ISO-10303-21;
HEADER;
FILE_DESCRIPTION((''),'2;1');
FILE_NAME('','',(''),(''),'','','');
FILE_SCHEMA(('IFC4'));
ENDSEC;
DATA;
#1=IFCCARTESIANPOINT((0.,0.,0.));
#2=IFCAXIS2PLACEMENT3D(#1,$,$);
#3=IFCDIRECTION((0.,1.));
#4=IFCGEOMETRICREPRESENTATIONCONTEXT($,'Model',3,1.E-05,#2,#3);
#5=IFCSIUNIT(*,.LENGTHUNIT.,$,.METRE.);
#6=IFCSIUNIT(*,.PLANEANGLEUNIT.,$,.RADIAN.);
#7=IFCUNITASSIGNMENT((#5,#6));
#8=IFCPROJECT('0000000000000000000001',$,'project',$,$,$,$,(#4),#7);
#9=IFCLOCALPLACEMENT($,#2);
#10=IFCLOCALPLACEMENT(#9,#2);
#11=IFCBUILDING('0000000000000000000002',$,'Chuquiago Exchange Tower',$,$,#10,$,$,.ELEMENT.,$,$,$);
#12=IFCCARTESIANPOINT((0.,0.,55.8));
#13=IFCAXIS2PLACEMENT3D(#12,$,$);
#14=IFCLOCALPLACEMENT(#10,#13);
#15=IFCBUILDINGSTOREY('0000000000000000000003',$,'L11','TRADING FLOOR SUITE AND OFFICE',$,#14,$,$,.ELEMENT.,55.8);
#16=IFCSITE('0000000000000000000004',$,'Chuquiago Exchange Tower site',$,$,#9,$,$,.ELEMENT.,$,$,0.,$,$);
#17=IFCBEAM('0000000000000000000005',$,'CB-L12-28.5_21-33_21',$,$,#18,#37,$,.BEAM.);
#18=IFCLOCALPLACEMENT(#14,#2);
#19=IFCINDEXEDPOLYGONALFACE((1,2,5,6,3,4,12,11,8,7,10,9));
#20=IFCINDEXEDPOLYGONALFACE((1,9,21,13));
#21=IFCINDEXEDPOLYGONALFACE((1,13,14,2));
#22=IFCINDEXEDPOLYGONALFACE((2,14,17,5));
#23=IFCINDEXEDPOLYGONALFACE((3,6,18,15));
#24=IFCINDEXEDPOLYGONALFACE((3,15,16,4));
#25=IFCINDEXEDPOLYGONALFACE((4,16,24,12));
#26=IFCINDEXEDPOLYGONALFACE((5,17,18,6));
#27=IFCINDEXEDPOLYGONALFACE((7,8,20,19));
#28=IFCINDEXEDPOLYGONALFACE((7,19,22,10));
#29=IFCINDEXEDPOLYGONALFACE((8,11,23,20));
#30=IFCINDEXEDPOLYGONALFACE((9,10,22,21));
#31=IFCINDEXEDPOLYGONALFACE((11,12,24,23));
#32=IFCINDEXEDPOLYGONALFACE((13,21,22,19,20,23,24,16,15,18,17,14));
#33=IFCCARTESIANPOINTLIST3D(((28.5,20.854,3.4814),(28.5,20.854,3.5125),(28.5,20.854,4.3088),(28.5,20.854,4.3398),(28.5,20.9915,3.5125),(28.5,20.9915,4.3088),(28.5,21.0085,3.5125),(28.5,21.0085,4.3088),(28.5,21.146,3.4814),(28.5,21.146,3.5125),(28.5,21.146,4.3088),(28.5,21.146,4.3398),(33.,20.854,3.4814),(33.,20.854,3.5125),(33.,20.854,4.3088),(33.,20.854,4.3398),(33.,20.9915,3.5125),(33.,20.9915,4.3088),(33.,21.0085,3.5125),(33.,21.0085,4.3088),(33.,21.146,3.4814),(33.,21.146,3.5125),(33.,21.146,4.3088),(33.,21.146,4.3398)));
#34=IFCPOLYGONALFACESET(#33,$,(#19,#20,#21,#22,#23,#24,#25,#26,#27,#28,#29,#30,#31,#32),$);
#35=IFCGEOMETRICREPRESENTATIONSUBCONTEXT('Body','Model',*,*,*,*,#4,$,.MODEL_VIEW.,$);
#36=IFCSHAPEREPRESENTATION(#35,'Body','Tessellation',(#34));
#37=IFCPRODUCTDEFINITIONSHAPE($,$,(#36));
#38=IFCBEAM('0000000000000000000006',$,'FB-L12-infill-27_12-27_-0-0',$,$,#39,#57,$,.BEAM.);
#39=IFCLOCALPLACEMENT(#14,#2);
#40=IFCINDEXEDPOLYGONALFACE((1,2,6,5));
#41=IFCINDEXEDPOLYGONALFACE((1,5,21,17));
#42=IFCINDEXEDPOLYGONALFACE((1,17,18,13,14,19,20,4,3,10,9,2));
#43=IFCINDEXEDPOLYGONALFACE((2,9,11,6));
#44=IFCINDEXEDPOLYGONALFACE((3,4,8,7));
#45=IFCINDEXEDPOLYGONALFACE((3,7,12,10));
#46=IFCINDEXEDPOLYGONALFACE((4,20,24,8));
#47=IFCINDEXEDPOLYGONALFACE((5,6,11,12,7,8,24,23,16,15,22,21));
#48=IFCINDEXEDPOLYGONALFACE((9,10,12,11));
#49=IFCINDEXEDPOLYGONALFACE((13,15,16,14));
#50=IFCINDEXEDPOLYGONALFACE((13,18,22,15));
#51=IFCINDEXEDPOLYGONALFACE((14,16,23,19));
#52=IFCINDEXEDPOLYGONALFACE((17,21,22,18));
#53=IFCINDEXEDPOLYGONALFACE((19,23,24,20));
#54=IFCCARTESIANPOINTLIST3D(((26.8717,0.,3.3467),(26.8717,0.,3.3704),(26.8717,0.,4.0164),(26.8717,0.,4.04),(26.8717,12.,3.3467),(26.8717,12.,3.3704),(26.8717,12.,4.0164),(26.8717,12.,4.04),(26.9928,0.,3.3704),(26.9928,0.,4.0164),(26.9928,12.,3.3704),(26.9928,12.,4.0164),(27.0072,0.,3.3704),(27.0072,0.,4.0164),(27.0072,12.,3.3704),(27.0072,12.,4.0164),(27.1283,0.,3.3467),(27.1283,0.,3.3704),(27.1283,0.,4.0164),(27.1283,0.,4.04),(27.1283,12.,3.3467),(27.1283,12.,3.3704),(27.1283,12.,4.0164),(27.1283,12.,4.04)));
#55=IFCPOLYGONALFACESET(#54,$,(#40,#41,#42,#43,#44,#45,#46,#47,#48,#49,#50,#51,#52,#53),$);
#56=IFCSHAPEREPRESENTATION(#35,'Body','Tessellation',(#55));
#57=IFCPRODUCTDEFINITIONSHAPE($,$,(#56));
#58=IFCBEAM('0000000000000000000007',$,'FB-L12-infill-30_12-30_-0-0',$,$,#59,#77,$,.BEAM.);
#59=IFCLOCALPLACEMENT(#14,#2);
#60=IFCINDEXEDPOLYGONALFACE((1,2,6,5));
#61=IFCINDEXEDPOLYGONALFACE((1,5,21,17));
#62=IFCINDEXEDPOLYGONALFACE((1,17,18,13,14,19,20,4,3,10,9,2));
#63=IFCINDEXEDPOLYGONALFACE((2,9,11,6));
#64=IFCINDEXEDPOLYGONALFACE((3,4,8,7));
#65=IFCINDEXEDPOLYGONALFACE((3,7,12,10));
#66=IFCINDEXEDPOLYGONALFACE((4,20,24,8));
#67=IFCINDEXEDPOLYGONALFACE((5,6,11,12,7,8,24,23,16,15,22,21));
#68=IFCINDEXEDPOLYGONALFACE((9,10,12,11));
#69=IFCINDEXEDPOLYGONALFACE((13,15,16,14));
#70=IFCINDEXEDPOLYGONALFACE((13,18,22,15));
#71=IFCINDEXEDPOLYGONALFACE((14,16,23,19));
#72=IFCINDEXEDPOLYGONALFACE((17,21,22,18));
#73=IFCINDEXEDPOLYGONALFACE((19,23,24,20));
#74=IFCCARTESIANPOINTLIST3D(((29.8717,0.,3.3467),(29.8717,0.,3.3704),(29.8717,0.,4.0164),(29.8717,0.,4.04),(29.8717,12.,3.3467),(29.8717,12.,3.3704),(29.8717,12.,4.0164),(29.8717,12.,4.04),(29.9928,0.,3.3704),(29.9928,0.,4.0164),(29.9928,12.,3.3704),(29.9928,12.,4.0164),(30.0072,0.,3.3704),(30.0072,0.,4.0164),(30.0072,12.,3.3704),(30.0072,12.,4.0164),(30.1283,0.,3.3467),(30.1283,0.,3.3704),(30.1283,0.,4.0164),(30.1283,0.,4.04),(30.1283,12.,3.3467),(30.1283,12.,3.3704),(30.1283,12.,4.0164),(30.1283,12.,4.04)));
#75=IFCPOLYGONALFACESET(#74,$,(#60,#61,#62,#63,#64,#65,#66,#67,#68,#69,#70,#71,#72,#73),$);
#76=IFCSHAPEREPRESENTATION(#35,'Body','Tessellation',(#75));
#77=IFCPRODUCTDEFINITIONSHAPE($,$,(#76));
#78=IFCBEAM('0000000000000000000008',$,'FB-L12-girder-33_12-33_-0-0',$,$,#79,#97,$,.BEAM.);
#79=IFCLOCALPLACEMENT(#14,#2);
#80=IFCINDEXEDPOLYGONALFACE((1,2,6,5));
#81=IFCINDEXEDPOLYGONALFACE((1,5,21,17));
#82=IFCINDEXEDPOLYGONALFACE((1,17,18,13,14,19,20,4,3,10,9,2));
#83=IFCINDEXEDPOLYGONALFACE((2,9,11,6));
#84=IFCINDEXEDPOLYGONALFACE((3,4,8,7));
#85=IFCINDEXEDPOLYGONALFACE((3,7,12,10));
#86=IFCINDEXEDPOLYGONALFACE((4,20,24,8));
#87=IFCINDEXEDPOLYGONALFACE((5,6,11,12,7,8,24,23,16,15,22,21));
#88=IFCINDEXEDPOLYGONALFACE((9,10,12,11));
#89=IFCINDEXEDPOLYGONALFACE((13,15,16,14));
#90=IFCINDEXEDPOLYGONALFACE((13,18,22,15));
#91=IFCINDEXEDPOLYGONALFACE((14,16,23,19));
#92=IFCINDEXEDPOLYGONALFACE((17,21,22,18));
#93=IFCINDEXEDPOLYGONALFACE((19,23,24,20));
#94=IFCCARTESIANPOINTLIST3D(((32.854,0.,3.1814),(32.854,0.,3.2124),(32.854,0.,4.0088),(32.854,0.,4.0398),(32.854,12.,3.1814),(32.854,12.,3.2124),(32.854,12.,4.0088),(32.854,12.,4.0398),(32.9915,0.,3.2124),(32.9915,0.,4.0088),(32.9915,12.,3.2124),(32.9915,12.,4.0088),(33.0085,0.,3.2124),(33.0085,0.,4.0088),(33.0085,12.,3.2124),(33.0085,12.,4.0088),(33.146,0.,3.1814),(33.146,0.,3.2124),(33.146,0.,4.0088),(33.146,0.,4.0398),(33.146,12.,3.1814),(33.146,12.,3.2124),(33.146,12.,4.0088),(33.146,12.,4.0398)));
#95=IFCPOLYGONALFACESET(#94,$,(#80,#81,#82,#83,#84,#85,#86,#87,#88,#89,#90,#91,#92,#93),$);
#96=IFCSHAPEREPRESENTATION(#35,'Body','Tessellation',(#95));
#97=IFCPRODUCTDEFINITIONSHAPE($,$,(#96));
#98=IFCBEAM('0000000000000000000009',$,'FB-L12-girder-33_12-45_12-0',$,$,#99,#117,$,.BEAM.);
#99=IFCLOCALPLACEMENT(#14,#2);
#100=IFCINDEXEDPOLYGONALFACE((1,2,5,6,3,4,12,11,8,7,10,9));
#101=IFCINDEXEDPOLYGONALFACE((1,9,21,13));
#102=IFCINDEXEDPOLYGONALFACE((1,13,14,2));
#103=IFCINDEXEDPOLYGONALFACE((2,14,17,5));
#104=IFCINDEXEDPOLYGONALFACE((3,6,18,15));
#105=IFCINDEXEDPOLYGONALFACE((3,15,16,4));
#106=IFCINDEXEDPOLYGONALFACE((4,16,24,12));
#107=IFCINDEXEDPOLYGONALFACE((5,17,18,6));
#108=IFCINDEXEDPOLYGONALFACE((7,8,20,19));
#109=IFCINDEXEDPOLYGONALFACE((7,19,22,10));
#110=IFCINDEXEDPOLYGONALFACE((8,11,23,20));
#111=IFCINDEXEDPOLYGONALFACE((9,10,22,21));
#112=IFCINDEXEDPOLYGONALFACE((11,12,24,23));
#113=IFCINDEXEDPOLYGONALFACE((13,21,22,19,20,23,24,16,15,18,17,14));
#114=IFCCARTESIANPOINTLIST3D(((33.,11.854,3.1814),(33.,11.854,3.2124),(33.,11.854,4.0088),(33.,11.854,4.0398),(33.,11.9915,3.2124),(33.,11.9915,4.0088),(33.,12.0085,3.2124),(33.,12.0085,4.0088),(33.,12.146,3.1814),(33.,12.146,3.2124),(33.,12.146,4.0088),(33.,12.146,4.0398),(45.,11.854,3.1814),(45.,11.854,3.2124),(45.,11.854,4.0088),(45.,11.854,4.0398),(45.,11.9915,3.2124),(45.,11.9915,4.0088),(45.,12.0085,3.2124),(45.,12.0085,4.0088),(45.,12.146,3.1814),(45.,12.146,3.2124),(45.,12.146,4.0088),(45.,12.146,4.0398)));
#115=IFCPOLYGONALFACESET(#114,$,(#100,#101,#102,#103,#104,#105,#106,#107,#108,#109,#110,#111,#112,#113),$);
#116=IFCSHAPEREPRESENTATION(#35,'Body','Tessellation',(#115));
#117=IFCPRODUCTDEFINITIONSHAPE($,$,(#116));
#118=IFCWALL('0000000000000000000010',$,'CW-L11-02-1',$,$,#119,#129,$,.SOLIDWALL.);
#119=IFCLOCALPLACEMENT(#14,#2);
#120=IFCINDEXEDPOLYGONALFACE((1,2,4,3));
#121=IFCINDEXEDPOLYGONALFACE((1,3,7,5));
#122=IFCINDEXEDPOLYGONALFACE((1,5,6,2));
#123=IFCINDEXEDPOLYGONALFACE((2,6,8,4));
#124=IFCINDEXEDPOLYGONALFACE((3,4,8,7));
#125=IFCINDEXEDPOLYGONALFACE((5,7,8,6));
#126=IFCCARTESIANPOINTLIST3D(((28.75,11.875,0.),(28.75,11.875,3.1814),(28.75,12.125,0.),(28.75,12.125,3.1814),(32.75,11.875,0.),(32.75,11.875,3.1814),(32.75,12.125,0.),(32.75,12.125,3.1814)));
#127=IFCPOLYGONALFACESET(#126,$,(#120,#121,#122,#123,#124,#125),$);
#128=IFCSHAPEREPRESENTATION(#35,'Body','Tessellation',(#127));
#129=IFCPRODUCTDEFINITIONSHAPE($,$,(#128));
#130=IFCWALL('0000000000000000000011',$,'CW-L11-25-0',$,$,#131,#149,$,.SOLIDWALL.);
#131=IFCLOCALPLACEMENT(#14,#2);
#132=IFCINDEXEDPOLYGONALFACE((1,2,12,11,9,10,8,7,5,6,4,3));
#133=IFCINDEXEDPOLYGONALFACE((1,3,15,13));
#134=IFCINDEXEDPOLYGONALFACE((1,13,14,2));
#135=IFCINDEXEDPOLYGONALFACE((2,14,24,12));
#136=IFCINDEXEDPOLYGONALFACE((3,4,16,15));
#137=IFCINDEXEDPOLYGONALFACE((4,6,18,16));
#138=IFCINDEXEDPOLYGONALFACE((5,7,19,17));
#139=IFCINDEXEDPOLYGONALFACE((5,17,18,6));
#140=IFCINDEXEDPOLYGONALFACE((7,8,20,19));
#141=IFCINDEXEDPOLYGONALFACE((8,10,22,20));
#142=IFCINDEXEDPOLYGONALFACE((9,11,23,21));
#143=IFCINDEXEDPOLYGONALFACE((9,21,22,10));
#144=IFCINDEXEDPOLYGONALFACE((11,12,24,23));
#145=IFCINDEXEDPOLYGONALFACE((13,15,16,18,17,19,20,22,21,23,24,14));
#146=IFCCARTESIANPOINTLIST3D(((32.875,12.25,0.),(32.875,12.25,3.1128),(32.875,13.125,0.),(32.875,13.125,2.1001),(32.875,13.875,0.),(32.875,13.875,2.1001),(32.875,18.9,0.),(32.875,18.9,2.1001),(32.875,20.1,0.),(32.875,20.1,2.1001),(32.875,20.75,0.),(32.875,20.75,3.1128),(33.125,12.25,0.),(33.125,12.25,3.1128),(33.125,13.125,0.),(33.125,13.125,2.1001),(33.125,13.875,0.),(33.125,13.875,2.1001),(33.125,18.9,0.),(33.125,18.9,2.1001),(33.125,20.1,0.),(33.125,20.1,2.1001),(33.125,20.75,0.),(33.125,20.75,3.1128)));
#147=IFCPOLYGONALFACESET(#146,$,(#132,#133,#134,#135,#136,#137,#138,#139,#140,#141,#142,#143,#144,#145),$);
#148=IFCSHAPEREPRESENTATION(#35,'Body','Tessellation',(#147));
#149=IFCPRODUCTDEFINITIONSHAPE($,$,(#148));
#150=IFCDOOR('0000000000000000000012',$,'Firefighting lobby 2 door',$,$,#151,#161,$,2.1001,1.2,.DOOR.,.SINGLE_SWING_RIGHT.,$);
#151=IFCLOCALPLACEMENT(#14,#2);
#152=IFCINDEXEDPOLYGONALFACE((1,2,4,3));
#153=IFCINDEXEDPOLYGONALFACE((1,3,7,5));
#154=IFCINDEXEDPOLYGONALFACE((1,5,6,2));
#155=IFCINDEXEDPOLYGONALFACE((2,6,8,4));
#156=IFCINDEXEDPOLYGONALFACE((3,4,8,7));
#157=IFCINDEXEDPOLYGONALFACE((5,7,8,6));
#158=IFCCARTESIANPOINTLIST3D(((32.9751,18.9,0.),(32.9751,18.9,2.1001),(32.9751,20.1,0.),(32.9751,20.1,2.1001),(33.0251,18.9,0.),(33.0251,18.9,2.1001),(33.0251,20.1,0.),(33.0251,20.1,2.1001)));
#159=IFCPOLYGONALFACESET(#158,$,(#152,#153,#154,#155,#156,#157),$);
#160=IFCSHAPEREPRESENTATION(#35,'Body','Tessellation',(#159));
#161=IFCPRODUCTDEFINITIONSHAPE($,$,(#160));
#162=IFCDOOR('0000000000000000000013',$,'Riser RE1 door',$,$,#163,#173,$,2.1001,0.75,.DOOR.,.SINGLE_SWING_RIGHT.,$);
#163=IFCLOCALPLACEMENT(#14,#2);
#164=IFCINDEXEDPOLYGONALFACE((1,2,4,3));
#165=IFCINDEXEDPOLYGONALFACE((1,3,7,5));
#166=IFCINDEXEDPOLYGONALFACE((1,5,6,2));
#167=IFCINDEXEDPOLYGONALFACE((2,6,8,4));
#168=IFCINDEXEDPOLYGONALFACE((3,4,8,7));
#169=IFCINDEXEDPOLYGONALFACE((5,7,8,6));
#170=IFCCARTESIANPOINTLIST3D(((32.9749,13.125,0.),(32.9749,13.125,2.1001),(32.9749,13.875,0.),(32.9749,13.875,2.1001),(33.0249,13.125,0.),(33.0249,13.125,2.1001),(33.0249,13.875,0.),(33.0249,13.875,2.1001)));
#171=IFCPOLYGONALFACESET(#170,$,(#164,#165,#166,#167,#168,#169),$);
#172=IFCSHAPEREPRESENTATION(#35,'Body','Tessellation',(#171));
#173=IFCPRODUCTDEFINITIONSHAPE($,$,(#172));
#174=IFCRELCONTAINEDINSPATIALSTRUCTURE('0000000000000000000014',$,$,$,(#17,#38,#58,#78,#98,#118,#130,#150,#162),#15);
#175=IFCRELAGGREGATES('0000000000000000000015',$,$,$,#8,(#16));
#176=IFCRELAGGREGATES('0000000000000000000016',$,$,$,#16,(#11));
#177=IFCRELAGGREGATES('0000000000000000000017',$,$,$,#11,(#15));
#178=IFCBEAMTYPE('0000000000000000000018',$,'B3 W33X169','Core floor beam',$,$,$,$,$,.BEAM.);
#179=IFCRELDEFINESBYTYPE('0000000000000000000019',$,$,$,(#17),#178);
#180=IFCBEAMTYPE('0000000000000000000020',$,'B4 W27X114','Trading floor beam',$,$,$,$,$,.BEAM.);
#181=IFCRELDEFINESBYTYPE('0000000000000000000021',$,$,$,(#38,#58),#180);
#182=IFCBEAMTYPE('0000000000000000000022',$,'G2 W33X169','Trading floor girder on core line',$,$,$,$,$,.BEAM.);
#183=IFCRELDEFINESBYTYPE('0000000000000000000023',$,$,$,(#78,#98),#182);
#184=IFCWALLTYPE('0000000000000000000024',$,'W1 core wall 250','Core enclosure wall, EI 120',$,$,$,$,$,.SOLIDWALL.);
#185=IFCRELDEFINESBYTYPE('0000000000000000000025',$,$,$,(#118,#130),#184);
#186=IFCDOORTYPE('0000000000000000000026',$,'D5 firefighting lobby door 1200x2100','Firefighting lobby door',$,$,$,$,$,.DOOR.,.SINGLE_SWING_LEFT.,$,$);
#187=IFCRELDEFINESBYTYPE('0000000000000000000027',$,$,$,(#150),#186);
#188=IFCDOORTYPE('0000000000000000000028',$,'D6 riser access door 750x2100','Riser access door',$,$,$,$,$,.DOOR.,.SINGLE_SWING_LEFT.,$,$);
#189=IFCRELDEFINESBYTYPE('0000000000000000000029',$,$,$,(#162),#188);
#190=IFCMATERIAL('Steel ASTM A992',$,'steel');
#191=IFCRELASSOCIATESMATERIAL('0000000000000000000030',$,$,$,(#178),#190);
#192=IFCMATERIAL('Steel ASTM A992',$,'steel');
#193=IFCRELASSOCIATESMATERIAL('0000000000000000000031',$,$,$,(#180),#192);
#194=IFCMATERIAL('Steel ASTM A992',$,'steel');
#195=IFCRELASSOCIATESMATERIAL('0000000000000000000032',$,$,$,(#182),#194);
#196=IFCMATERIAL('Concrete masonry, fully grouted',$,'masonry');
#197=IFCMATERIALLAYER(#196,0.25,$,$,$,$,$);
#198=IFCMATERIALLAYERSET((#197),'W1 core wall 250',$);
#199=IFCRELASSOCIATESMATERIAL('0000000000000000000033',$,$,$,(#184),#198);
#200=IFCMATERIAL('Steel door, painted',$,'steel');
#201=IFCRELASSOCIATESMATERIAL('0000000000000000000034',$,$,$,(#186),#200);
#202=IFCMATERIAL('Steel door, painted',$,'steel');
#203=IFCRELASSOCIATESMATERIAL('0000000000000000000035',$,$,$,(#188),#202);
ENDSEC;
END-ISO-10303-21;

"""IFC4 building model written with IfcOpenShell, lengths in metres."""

from ifc_helpers import new_model, si_unit, direction, frame, frame_2d, origin, origin_2d, place, context, subcontext, project, spatial, rectangle, i_section, extrude, material, layer, layer_set, material_profile, profile_set, type_object, element, fill, save


model = new_model("IFC4")

# Units and contexts
model_context = context("Model", 3, precision=1e-05, world=origin(), true_north=direction((0.0, 1.0)))
body_context = subcontext(model_context, "Body", "Model", "MODEL_VIEW")
ifc_project = project(units=[si_unit("LENGTHUNIT", "METRE"), si_unit("PLANEANGLEUNIT", "RADIAN")], contexts=[model_context])

# Site, building, storey
site_placement = place(None, origin())
site = spatial("IfcSite", under=ifc_project, at=site_placement, Name="Chuquiago Exchange Tower site", CompositionType="ELEMENT", RefElevation=0.0)
building_placement = place(site_placement, origin())
building = spatial("IfcBuilding", under=site, at=building_placement, Name="Chuquiago Exchange Tower", CompositionType="ELEMENT")
storey_placement = place(building_placement, frame((0.0, 0.0, 55.8)))
storey = spatial("IfcBuildingStorey", under=building, at=storey_placement, Name="L11", Description="TRADING FLOOR SUITE AND OFFICE", CompositionType="ELEMENT", Elevation=55.8)

# Beams
ifc_material_1 = material(Name="Steel ASTM A992", Category="steel")
ifc_material_profile_1 = material_profile(ifc_material_1, i_section(OverallWidth=0.292, OverallDepth=0.8584, WebThickness=0.0171, FlangeThickness=0.031, at=origin_2d()), Name="W33X169")
ifc_profile_set_1 = profile_set([ifc_material_profile_1], Name="Steel ASTM A992")
beam_type_1 = type_object("IfcBeamType", Name="B3 W33X169", Description="Core floor beam", PredefinedType="BEAM", material=ifc_profile_set_1)
for number, where, z_axis, x_axis, name in (
    (1, (28.5, 21.0, 3.9106), (1.0, 0.0, 0.0), (0.0, 1.0, 0.0), "CB-L12-28.5_21-33_21"),
):
    element("IfcBeam", number, at=place(storey_placement, frame(where, z_axis=z_axis, x_axis=x_axis)), inside=storey, type_object=beam_type_1, Name=name, PredefinedType="BEAM", context=body_context, shape_type="SweptSolid", body=[
        extrude(i_section(OverallWidth=0.292, OverallDepth=0.8584, WebThickness=0.0171, FlangeThickness=0.031, at=origin_2d()), origin(), (0.0, 0.0, 1.0), 4.5),
    ])
ifc_material_2 = material(Name="Steel ASTM A992", Category="steel")
ifc_material_profile_2 = material_profile(ifc_material_2, i_section(OverallWidth=0.2566, OverallDepth=0.6934, WebThickness=0.0144, FlangeThickness=0.0237, at=origin_2d()), Name="W27X114")
ifc_profile_set_2 = profile_set([ifc_material_profile_2], Name="Steel ASTM A992")
beam_type_2 = type_object("IfcBeamType", Name="B4 W27X114", Description="Trading floor beam", PredefinedType="BEAM", material=ifc_profile_set_2)
for number, where, z_axis, x_axis, name in (
    (2, (27.0, 12.0, 3.6934), (0.0, -1.0, 0.0), (1.0, 0.0, 0.0), "FB-L12-infill-27_12-27_-0-0"),
    (3, (30.0, 12.0, 3.6934), (0.0, -1.0, 0.0), (1.0, 0.0, 0.0), "FB-L12-infill-30_12-30_-0-0"),
):
    element("IfcBeam", number, at=place(storey_placement, frame(where, z_axis=z_axis, x_axis=x_axis)), inside=storey, type_object=beam_type_2, Name=name, PredefinedType="BEAM", context=body_context, shape_type="SweptSolid", body=[
        extrude(i_section(OverallWidth=0.2566, OverallDepth=0.6934, WebThickness=0.0144, FlangeThickness=0.0237, at=origin_2d()), origin(), (0.0, 0.0, 1.0), 12.0),
    ])
ifc_material_3 = material(Name="Steel ASTM A992", Category="steel")
ifc_material_profile_3 = material_profile(ifc_material_3, i_section(OverallWidth=0.292, OverallDepth=0.8584, WebThickness=0.0171, FlangeThickness=0.031, at=origin_2d()), Name="W33X169")
ifc_profile_set_3 = profile_set([ifc_material_profile_3], Name="Steel ASTM A992")
beam_type_3 = type_object("IfcBeamType", Name="G2 W33X169", Description="Trading floor girder on core line", PredefinedType="BEAM", material=ifc_profile_set_3)
for number, where, z_axis, x_axis, name in (
    (4, (33.0, 12.0, 3.6106), (0.0, -1.0, 0.0), (1.0, 0.0, 0.0), "FB-L12-girder-33_12-33_-0-0"),
    (5, (33.0, 12.0, 3.6106), (1.0, 0.0, 0.0), (0.0, 1.0, 0.0), "FB-L12-girder-33_12-45_12-0"),
):
    element("IfcBeam", number, at=place(storey_placement, frame(where, z_axis=z_axis, x_axis=x_axis)), inside=storey, type_object=beam_type_3, Name=name, PredefinedType="BEAM", context=body_context, shape_type="SweptSolid", body=[
        extrude(i_section(OverallWidth=0.292, OverallDepth=0.8584, WebThickness=0.0171, FlangeThickness=0.031, at=origin_2d()), origin(), (0.0, 0.0, 1.0), 12.0),
    ])

# Wall
ifc_material_4 = material(Name="Concrete masonry, fully grouted", Category="masonry")
ifc_layer_1 = layer(ifc_material_4, 0.25)
ifc_layer_set_1 = layer_set([ifc_layer_1], Name="W1 core wall 250")
wall_type_1 = type_object("IfcWallType", Name="W1 core wall 250", Description="Core enclosure wall, EI 120", PredefinedType="SOLIDWALL", material=ifc_layer_set_1)
wall_1_placement = place(storey_placement, frame((28.75, 12.0, 0.0), z_axis=(0.0, 0.0, 1.0), x_axis=(1.0, 0.0, 0.0)))
element("IfcWall", 6, at=wall_1_placement, inside=storey, type_object=wall_type_1, Name="CW-L11-02-1", PredefinedType="SOLIDWALL", context=body_context, shape_type="SweptSolid", body=[
    extrude(rectangle(XDim=4.0, YDim=0.25, at=frame_2d((2.0, 0.0))), origin(), (0.0, 0.0, 1.0), 3.1814),
])

# Wall, openings, doors
wall_2_placement = place(storey_placement, frame((33.0, 12.25, 0.0), z_axis=(0.0, 0.0, 1.0), x_axis=(0.0, 1.0, 0.0)))
wall_2 = element("IfcWall", 7, at=wall_2_placement, inside=storey, type_object=wall_type_1, Name="CW-L11-25-0", PredefinedType="SOLIDWALL", context=body_context, shape_type="SweptSolid", body=[
    extrude(rectangle(XDim=8.5, YDim=0.25, at=frame_2d((4.25, 0.0))), origin(), (0.0, 0.0, 1.0), 3.1128),
])
opening_1_placement = place(wall_2_placement, frame((6.6499, 0.0, 0.0)))
opening_1 = element("IfcOpeningElement", 8, at=opening_1_placement, cuts=wall_2, PredefinedType="OPENING", context=body_context, shape_type="SweptSolid", body=[
    extrude(rectangle(XDim=1.2, YDim=2.1001, at=frame_2d((0.6001, 1.05))), frame((0.0, 0.135, 0.0), z_axis=(0.0, -1.0, 0.0), x_axis=(1.0, 0.0, 0.0)), (0.0, 0.0, 1.0), 0.27),
])
opening_2_placement = place(wall_2_placement, frame((0.875, 0.0, 0.0)))
opening_2 = element("IfcOpeningElement", 9, at=opening_2_placement, cuts=wall_2, PredefinedType="OPENING", context=body_context, shape_type="SweptSolid", body=[
    extrude(rectangle(XDim=0.75, YDim=2.1001, at=frame_2d((0.375, 1.05))), frame((0.0, 0.135, 0.0), z_axis=(0.0, -1.0, 0.0), x_axis=(1.0, 0.0, 0.0)), (0.0, 0.0, 1.0), 0.27),
])
ifc_material_5 = material(Name="Steel door, painted", Category="steel")
door_type_1 = type_object("IfcDoorType", Name="D5 firefighting lobby door 1200x2100", Description="Firefighting lobby door", OperationType="SINGLE_SWING_LEFT", PredefinedType="DOOR", material=ifc_material_5)
door_1_placement = place(opening_1_placement, origin())
door_1 = element("IfcDoor", 10, at=door_1_placement, inside=storey, type_object=door_type_1, Name="Firefighting lobby 2 door", OperationType="SINGLE_SWING_RIGHT", OverallHeight=2.1001, OverallWidth=1.2, PredefinedType="DOOR", context=body_context, shape_type="SweptSolid", body=[
    extrude(rectangle(XDim=1.2, YDim=2.1001, at=frame_2d((0.6001, 1.05))), frame((0.0, 0.0249, 0.0), z_axis=(0.0, -1.0, 0.0), x_axis=(1.0, 0.0, 0.0)), (0.0, 0.0, 1.0), 0.05),
])
fill(opening_1, door_1)
ifc_material_6 = material(Name="Steel door, painted", Category="steel")
door_type_2 = type_object("IfcDoorType", Name="D6 riser access door 750x2100", Description="Riser access door", OperationType="SINGLE_SWING_LEFT", PredefinedType="DOOR", material=ifc_material_6)
door_2_placement = place(opening_2_placement, frame((0.75, 0.0, 0.0), z_axis=(0.0, 0.0, 1.0), x_axis=(-1.0, 0.0, 0.0)))
door_2 = element("IfcDoor", 11, at=door_2_placement, inside=storey, type_object=door_type_2, Name="Riser RE1 door", OperationType="SINGLE_SWING_RIGHT", OverallHeight=2.1001, OverallWidth=0.75, PredefinedType="DOOR", context=body_context, shape_type="SweptSolid", body=[
    extrude(rectangle(XDim=0.75, YDim=2.1001, at=frame_2d((0.375, 1.05))), frame((0.0, 0.0249, 0.0), z_axis=(0.0, -1.0, 0.0), x_axis=(1.0, 0.0, 0.0)), (0.0, 0.0, 1.0), 0.05),
])
fill(opening_2, door_2)

save(model, "model.ifc")
